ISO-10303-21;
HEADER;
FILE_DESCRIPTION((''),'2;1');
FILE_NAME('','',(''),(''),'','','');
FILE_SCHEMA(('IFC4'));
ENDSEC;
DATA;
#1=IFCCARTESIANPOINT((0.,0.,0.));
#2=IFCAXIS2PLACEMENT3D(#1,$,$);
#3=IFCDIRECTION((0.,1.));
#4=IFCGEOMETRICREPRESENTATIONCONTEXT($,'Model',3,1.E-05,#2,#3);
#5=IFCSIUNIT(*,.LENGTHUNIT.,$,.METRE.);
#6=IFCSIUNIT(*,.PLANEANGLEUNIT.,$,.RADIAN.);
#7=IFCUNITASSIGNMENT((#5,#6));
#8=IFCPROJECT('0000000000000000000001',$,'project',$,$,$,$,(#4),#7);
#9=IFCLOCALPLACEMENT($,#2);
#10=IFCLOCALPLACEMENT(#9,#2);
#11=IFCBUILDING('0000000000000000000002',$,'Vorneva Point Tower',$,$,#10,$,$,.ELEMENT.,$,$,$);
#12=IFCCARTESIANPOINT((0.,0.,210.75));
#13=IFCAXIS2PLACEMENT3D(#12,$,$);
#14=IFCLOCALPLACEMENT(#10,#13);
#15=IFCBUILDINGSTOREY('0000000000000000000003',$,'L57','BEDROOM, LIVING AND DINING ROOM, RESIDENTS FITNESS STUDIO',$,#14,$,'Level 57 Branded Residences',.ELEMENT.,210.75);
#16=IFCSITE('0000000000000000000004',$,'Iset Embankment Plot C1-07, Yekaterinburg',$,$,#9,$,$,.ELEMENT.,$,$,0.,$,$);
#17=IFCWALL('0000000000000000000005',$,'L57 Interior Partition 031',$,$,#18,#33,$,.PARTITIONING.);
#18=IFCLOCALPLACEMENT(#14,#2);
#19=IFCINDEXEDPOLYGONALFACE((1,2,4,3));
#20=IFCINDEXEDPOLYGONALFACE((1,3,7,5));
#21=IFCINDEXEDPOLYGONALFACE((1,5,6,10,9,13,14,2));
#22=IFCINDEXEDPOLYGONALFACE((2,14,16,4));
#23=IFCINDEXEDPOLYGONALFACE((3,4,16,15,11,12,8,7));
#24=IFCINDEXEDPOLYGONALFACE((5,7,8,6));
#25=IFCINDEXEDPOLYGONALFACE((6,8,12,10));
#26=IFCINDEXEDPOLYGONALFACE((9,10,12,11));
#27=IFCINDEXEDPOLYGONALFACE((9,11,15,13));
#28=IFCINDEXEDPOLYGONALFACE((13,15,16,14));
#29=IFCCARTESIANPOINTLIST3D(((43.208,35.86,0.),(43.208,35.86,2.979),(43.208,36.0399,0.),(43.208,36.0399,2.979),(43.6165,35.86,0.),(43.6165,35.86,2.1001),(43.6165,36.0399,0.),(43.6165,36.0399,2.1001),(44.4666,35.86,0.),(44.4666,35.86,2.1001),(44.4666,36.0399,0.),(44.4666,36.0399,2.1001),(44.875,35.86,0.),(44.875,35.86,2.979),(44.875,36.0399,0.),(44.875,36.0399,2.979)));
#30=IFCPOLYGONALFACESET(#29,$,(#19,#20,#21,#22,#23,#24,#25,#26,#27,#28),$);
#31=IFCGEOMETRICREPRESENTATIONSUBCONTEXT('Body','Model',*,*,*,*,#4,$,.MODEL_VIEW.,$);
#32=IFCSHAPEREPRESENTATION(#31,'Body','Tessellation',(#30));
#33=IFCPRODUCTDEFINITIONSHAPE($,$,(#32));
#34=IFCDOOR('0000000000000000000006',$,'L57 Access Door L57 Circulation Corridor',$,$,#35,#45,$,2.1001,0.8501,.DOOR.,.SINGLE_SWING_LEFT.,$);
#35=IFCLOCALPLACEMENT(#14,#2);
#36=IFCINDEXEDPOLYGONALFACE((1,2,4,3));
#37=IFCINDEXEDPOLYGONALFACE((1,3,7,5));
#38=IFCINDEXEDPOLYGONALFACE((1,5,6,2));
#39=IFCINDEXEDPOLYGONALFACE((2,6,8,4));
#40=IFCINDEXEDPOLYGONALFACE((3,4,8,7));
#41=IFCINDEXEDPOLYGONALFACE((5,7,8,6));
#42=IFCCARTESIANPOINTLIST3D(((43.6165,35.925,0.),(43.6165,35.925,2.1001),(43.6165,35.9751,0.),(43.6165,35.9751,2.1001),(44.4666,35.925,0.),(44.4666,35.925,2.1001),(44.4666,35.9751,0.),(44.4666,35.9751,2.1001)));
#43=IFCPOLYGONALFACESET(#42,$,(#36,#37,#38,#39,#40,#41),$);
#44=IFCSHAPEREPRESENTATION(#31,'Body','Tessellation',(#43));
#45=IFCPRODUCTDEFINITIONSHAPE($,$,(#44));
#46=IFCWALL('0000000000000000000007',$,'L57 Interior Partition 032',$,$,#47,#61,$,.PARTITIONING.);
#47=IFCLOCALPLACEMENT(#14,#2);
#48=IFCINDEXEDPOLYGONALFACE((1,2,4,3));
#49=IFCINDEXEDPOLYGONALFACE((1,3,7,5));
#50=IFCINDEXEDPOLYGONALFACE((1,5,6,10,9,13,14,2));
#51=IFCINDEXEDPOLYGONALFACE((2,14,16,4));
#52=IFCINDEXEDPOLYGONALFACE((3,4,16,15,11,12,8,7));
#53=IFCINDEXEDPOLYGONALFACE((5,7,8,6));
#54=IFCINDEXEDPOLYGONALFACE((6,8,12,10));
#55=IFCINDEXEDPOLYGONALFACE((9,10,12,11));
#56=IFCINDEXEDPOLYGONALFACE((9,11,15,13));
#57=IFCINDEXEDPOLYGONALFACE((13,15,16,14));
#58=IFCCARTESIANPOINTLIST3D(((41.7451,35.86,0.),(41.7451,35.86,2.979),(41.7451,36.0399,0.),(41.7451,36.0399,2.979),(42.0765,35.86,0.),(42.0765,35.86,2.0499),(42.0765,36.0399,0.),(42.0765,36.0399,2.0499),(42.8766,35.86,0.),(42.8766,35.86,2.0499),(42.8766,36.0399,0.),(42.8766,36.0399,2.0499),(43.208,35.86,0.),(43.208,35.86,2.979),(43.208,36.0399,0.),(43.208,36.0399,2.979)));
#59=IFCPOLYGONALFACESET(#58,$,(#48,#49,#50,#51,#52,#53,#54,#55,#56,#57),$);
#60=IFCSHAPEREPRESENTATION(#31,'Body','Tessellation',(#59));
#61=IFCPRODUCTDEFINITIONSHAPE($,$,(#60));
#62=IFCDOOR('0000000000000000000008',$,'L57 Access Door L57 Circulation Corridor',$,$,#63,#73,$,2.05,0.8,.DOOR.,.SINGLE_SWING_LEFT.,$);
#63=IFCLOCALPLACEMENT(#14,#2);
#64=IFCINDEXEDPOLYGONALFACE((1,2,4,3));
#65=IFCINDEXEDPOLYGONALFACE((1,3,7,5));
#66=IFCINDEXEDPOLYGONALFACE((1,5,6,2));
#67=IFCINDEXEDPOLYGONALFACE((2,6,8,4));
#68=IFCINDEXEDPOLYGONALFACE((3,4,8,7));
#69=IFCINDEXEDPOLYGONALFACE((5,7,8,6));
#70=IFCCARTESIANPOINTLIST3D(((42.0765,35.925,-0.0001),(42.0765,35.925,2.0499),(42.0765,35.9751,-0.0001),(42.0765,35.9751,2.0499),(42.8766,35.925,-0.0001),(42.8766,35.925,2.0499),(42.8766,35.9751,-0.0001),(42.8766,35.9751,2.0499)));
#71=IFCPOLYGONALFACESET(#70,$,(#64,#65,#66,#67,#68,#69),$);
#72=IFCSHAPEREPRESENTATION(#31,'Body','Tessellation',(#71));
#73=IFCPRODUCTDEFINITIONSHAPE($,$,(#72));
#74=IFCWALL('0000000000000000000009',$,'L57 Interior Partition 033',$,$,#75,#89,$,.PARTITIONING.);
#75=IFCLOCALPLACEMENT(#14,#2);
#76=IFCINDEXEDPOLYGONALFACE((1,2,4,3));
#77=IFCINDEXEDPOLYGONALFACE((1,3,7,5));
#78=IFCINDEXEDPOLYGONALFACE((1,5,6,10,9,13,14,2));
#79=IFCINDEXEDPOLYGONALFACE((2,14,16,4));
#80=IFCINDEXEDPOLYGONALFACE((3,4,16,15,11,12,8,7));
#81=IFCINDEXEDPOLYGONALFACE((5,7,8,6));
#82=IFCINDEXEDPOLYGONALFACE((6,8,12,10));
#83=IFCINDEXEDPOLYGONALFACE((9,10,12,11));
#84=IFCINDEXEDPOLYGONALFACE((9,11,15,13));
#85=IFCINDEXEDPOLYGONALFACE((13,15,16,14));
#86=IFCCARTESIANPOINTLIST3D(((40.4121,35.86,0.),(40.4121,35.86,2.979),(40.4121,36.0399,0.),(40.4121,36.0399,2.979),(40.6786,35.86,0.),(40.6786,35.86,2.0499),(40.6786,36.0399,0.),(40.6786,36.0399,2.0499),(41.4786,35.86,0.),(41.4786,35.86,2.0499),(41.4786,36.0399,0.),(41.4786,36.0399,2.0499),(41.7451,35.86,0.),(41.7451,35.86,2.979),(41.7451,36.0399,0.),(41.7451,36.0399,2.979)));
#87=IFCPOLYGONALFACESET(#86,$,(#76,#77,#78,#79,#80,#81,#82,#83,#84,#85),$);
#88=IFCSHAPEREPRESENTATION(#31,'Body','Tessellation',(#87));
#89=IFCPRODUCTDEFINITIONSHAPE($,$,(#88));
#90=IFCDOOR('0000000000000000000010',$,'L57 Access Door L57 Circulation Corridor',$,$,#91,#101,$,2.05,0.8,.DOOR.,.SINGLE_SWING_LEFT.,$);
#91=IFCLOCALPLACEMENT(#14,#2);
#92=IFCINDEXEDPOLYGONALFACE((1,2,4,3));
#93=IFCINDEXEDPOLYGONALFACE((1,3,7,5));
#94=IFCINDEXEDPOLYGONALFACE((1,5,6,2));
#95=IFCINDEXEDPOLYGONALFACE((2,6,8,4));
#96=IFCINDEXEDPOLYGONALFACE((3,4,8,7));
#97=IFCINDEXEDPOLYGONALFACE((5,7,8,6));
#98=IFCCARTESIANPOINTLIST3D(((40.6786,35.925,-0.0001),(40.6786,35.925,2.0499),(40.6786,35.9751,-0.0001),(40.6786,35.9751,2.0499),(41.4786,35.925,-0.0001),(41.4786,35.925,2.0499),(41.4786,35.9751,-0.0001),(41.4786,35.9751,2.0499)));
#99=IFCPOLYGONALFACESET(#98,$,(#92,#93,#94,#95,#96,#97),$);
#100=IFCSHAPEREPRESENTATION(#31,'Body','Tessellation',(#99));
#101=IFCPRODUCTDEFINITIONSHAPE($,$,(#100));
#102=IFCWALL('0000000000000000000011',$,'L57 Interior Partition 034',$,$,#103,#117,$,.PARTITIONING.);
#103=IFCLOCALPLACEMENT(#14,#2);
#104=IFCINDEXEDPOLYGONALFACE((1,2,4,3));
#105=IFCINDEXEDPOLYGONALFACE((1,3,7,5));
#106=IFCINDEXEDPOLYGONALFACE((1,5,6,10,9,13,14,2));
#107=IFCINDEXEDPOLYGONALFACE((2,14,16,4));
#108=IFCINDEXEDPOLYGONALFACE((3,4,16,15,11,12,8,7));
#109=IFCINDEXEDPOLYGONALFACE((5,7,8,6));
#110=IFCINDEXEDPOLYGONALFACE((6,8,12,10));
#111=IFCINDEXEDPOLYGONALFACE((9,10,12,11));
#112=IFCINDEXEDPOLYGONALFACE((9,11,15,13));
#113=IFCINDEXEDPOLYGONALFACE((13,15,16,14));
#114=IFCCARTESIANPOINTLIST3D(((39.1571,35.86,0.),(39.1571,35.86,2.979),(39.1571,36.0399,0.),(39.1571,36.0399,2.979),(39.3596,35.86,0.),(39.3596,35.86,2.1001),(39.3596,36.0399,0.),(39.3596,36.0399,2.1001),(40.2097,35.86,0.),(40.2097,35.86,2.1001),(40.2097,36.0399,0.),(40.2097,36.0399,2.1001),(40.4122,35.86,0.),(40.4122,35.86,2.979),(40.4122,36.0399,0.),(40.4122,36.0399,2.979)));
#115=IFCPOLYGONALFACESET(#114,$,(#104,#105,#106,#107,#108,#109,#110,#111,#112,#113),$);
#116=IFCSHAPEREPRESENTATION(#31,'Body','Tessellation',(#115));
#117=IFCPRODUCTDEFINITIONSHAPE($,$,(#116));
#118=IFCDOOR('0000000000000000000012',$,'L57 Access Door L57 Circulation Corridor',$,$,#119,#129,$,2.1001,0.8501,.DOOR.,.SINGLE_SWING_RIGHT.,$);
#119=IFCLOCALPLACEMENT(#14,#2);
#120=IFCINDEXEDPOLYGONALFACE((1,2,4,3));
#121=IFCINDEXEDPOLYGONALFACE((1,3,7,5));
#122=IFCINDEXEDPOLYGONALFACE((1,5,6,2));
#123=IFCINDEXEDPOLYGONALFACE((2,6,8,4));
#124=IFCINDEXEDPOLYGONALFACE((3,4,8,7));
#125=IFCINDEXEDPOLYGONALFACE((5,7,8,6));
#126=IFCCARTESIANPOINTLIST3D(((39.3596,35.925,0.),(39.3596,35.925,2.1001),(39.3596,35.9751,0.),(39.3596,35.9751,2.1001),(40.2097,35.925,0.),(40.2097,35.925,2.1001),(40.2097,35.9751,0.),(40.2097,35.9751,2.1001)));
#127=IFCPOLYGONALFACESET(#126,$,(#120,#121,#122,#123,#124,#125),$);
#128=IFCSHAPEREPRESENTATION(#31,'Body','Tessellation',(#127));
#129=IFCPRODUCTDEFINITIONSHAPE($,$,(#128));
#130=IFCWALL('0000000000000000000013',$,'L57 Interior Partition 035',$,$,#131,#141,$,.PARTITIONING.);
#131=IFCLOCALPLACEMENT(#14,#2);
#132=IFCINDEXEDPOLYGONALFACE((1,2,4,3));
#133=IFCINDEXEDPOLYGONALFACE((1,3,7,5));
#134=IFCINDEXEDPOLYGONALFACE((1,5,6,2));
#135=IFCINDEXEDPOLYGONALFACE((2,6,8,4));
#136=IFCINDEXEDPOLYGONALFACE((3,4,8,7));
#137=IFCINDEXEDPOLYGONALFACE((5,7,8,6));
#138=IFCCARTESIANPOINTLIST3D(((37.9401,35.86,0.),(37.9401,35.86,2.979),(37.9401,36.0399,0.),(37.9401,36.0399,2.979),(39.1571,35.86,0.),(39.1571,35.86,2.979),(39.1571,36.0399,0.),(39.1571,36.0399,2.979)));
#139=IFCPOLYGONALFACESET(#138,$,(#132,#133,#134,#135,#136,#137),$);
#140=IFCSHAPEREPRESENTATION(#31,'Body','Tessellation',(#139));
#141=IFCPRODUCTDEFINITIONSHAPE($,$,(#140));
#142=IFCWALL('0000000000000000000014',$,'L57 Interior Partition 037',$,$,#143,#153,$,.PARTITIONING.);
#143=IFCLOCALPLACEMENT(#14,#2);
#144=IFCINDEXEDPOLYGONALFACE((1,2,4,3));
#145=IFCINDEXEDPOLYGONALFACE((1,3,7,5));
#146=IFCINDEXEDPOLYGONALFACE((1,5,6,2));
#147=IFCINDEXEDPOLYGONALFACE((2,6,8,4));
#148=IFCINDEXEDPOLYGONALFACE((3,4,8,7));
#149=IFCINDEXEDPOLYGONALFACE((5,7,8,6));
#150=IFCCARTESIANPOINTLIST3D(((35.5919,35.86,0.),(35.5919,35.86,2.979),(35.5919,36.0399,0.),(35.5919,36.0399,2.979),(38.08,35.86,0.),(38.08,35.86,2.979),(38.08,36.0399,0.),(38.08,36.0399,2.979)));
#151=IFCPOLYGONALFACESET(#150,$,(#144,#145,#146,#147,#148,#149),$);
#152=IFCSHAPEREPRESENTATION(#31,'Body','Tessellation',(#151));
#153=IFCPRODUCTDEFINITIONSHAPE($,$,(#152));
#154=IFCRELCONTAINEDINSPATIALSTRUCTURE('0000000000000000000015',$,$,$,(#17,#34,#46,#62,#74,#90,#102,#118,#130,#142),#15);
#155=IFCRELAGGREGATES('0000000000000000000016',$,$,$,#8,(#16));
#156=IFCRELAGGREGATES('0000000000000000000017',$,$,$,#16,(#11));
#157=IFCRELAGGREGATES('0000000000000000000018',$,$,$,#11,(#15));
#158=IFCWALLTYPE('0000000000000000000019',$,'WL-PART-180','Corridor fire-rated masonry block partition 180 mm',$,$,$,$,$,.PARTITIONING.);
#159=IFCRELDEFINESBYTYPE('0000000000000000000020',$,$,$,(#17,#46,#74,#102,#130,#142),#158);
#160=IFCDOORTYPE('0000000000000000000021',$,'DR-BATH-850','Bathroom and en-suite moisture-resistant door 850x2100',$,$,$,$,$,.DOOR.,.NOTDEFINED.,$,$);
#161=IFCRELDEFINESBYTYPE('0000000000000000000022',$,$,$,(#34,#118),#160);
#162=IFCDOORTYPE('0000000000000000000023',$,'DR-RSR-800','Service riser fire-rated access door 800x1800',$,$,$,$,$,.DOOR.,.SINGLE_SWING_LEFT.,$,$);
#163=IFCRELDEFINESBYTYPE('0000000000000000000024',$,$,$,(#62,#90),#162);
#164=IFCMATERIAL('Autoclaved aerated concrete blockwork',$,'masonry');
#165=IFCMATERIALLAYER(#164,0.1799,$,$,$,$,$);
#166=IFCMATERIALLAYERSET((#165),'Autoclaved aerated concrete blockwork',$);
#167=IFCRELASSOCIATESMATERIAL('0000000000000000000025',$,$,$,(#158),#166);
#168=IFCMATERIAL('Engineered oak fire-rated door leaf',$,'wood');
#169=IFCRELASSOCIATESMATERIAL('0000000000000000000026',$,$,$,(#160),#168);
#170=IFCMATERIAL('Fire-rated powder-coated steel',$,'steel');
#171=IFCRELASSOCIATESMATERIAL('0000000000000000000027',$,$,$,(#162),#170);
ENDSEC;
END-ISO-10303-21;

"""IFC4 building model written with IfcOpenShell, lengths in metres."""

from ifc_helpers import new_model, si_unit, direction, frame, frame_2d, origin, place, context, subcontext, project, spatial, rectangle, extrude, material, layer, layer_set, type_object, element, fill, save


model = new_model("IFC4")

# Units and contexts
model_context = context("Model", 3, precision=1e-05, world=origin(), true_north=direction((0.0, 1.0)))
body_context = subcontext(model_context, "Body", "Model", "MODEL_VIEW")
ifc_project = project(units=[si_unit("LENGTHUNIT", "METRE"), si_unit("PLANEANGLEUNIT", "RADIAN")], contexts=[model_context])

# Site, building, storey
site_placement = place(None, origin())
site = spatial("IfcSite", under=ifc_project, at=site_placement, Name="Iset Embankment Plot C1-07, Yekaterinburg", CompositionType="ELEMENT", RefElevation=0.0)
building_placement = place(site_placement, origin())
building = spatial("IfcBuilding", under=site, at=building_placement, Name="Vorneva Point Tower", CompositionType="ELEMENT")
storey_placement = place(building_placement, frame((0.0, 0.0, 210.75)))
storey = spatial("IfcBuildingStorey", under=building, at=storey_placement, Name="L57", Description="BEDROOM, LIVING AND DINING ROOM, RESIDENTS FITNESS STUDIO", LongName="Level 57 Branded Residences", CompositionType="ELEMENT", Elevation=210.75)

# Walls, openings, doors
ifc_material_1 = material(Name="Autoclaved aerated concrete blockwork", Category="masonry")
ifc_layer_1 = layer(ifc_material_1, 0.1799)
ifc_layer_set_1 = layer_set([ifc_layer_1], Name="Autoclaved aerated concrete blockwork")
wall_type_1 = type_object("IfcWallType", Name="WL-PART-180", Description="Corridor fire-rated masonry block partition 180 mm", PredefinedType="PARTITIONING", material=ifc_layer_set_1)
ifc_material_2 = material(Name="Engineered oak fire-rated door leaf", Category="wood")
door_type_1 = type_object("IfcDoorType", Name="DR-BATH-850", Description="Bathroom and en-suite moisture-resistant door 850x2100", OperationType="NOTDEFINED", PredefinedType="DOOR", material=ifc_material_2)
wall_1_placement = place(storey_placement, frame((44.875, 35.95, 0.0), z_axis=(0.0, 0.0, 1.0), x_axis=(-1.0, 0.0, 0.0)))
wall_1 = element("IfcWall", 1, at=wall_1_placement, inside=storey, type_object=wall_type_1, Name="L57 Interior Partition 031", PredefinedType="PARTITIONING", context=body_context, shape_type="SweptSolid", body=[
    extrude(rectangle(XDim=1.667, YDim=0.1799, at=frame_2d((0.8335, 0.0))), origin(), (0.0, 0.0, 1.0), 2.979),
])
opening_1_placement = place(wall_1_placement, frame((0.4084, 0.0, 0.0)))
opening_1 = element("IfcOpeningElement", 2, at=opening_1_placement, cuts=wall_1, PredefinedType="OPENING", context=body_context, shape_type="SweptSolid", body=[
    extrude(rectangle(XDim=0.8501, YDim=2.1001, at=frame_2d((0.425, 1.05))), frame((0.0, 0.105, 0.0), z_axis=(0.0, -1.0, 0.0), x_axis=(1.0, 0.0, 0.0)), (0.0, 0.0, 1.0), 0.2097),
])
door_1_placement = place(opening_1_placement, origin())
door_1 = element("IfcDoor", 3, at=door_1_placement, inside=storey, type_object=door_type_1, Name="L57 Access Door L57 Circulation Corridor", OperationType="SINGLE_SWING_LEFT", OverallHeight=2.1001, OverallWidth=0.8501, PredefinedType="DOOR", context=body_context, shape_type="SweptSolid", body=[
    extrude(rectangle(XDim=0.8501, YDim=2.1001, at=frame_2d((0.425, 1.05))), frame((0.0, 0.0249, 0.0), z_axis=(0.0, -1.0, 0.0), x_axis=(1.0, 0.0, 0.0)), (0.0, 0.0, 1.0), 0.05),
])
fill(opening_1, door_1)
wall_2_placement = place(storey_placement, frame((43.208, 35.95, 0.0), z_axis=(0.0, 0.0, 1.0), x_axis=(-1.0, 0.0, 0.0)))
wall_2 = element("IfcWall", 4, at=wall_2_placement, inside=storey, type_object=wall_type_1, Name="L57 Interior Partition 032", PredefinedType="PARTITIONING", context=body_context, shape_type="SweptSolid", body=[
    extrude(rectangle(XDim=1.4629, YDim=0.1799, at=frame_2d((0.7314, 0.0))), origin(), (0.0, 0.0, 1.0), 2.979),
])
opening_2_placement = place(wall_2_placement, frame((0.3315, 0.0, 0.0)))
opening_2 = element("IfcOpeningElement", 5, at=opening_2_placement, cuts=wall_2, PredefinedType="OPENING", context=body_context, shape_type="SweptSolid", body=[
    extrude(rectangle(XDim=0.8, YDim=2.05, at=frame_2d((0.3999, 1.0249))), frame((0.0, 0.105, 0.0), z_axis=(0.0, -1.0, 0.0), x_axis=(1.0, 0.0, 0.0)), (0.0, 0.0, 1.0), 0.2097),
])
ifc_material_3 = material(Name="Fire-rated powder-coated steel", Category="steel")
door_type_2 = type_object("IfcDoorType", Name="DR-RSR-800", Description="Service riser fire-rated access door 800x1800", OperationType="SINGLE_SWING_LEFT", PredefinedType="DOOR", material=ifc_material_3)
door_2_placement = place(opening_2_placement, origin())
door_2 = element("IfcDoor", 6, at=door_2_placement, inside=storey, type_object=door_type_2, Name="L57 Access Door L57 Circulation Corridor", OperationType="SINGLE_SWING_LEFT", OverallHeight=2.05, OverallWidth=0.8, PredefinedType="DOOR", context=body_context, shape_type="SweptSolid", body=[
    extrude(rectangle(XDim=0.8, YDim=2.05, at=frame_2d((0.3999, 1.0249))), frame((0.0, 0.0249, 0.0), z_axis=(0.0, -1.0, 0.0), x_axis=(1.0, 0.0, 0.0)), (0.0, 0.0, 1.0), 0.05),
])
fill(opening_2, door_2)
wall_3_placement = place(storey_placement, frame((41.7451, 35.95, 0.0), z_axis=(0.0, 0.0, 1.0), x_axis=(-1.0, 0.0, 0.0)))
wall_3 = element("IfcWall", 7, at=wall_3_placement, inside=storey, type_object=wall_type_1, Name="L57 Interior Partition 033", PredefinedType="PARTITIONING", context=body_context, shape_type="SweptSolid", body=[
    extrude(rectangle(XDim=1.333, YDim=0.1799, at=frame_2d((0.6665, 0.0))), origin(), (0.0, 0.0, 1.0), 2.979),
])
opening_3_placement = place(wall_3_placement, frame((0.2666, 0.0, 0.0)))
opening_3 = element("IfcOpeningElement", 8, at=opening_3_placement, cuts=wall_3, PredefinedType="OPENING", context=body_context, shape_type="SweptSolid", body=[
    extrude(rectangle(XDim=0.8, YDim=2.05, at=frame_2d((0.3999, 1.0249))), frame((0.0, 0.105, 0.0), z_axis=(0.0, -1.0, 0.0), x_axis=(1.0, 0.0, 0.0)), (0.0, 0.0, 1.0), 0.2097),
])
door_3_placement = place(opening_3_placement, origin())
door_3 = element("IfcDoor", 9, at=door_3_placement, inside=storey, type_object=door_type_2, Name="L57 Access Door L57 Circulation Corridor", OperationType="SINGLE_SWING_LEFT", OverallHeight=2.05, OverallWidth=0.8, PredefinedType="DOOR", context=body_context, shape_type="SweptSolid", body=[
    extrude(rectangle(XDim=0.8, YDim=2.05, at=frame_2d((0.3999, 1.0249))), frame((0.0, 0.0249, 0.0), z_axis=(0.0, -1.0, 0.0), x_axis=(1.0, 0.0, 0.0)), (0.0, 0.0, 1.0), 0.05),
])
fill(opening_3, door_3)
wall_4_placement = place(storey_placement, frame((40.4121, 35.95, 0.0), z_axis=(0.0, 0.0, 1.0), x_axis=(-1.0, 0.0, 0.0)))
wall_4 = element("IfcWall", 10, at=wall_4_placement, inside=storey, type_object=wall_type_1, Name="L57 Interior Partition 034", PredefinedType="PARTITIONING", context=body_context, shape_type="SweptSolid", body=[
    extrude(rectangle(XDim=1.2551, YDim=0.1799, at=frame_2d((0.6274, 0.0))), origin(), (0.0, 0.0, 1.0), 2.979),
])
opening_4_placement = place(wall_4_placement, frame((0.2024, 0.0, 0.0)))
opening_4 = element("IfcOpeningElement", 11, at=opening_4_placement, cuts=wall_4, PredefinedType="OPENING", context=body_context, shape_type="SweptSolid", body=[
    extrude(rectangle(XDim=0.8501, YDim=2.1001, at=frame_2d((0.425, 1.05))), frame((0.0, 0.105, 0.0), z_axis=(0.0, -1.0, 0.0), x_axis=(1.0, 0.0, 0.0)), (0.0, 0.0, 1.0), 0.2097),
])
door_4_placement = place(opening_4_placement, origin())
door_4 = element("IfcDoor", 12, at=door_4_placement, inside=storey, type_object=door_type_1, Name="L57 Access Door L57 Circulation Corridor", OperationType="SINGLE_SWING_RIGHT", OverallHeight=2.1001, OverallWidth=0.8501, PredefinedType="DOOR", context=body_context, shape_type="SweptSolid", body=[
    extrude(rectangle(XDim=0.8501, YDim=2.1001, at=frame_2d((0.425, 1.05))), frame((0.0, 0.0249, 0.0), z_axis=(0.0, -1.0, 0.0), x_axis=(1.0, 0.0, 0.0)), (0.0, 0.0, 1.0), 0.05),
])
fill(opening_4, door_4)

# Walls
wall_5_placement = place(storey_placement, frame((39.157, 35.95, 0.0), z_axis=(0.0, 0.0, 1.0), x_axis=(-1.0, 0.0, 0.0)))
element("IfcWall", 13, at=wall_5_placement, inside=storey, type_object=wall_type_1, Name="L57 Interior Partition 035", PredefinedType="PARTITIONING", context=body_context, shape_type="SweptSolid", body=[
    extrude(rectangle(XDim=1.217, YDim=0.1799, at=frame_2d((0.6084, 0.0))), origin(), (0.0, 0.0, 1.0), 2.979),
])
wall_6_placement = place(storey_placement, frame((38.0801, 35.95, 0.0), z_axis=(0.0, 0.0, 1.0), x_axis=(-1.0, 0.0, 0.0)))
element("IfcWall", 14, at=wall_6_placement, inside=storey, type_object=wall_type_1, Name="L57 Interior Partition 037", PredefinedType="PARTITIONING", context=body_context, shape_type="SweptSolid", body=[
    extrude(rectangle(XDim=2.488, YDim=0.1799, at=frame_2d((1.2441, 0.0))), origin(), (0.0, 0.0, 1.0), 2.979),
])

save(model, "model.ifc")
